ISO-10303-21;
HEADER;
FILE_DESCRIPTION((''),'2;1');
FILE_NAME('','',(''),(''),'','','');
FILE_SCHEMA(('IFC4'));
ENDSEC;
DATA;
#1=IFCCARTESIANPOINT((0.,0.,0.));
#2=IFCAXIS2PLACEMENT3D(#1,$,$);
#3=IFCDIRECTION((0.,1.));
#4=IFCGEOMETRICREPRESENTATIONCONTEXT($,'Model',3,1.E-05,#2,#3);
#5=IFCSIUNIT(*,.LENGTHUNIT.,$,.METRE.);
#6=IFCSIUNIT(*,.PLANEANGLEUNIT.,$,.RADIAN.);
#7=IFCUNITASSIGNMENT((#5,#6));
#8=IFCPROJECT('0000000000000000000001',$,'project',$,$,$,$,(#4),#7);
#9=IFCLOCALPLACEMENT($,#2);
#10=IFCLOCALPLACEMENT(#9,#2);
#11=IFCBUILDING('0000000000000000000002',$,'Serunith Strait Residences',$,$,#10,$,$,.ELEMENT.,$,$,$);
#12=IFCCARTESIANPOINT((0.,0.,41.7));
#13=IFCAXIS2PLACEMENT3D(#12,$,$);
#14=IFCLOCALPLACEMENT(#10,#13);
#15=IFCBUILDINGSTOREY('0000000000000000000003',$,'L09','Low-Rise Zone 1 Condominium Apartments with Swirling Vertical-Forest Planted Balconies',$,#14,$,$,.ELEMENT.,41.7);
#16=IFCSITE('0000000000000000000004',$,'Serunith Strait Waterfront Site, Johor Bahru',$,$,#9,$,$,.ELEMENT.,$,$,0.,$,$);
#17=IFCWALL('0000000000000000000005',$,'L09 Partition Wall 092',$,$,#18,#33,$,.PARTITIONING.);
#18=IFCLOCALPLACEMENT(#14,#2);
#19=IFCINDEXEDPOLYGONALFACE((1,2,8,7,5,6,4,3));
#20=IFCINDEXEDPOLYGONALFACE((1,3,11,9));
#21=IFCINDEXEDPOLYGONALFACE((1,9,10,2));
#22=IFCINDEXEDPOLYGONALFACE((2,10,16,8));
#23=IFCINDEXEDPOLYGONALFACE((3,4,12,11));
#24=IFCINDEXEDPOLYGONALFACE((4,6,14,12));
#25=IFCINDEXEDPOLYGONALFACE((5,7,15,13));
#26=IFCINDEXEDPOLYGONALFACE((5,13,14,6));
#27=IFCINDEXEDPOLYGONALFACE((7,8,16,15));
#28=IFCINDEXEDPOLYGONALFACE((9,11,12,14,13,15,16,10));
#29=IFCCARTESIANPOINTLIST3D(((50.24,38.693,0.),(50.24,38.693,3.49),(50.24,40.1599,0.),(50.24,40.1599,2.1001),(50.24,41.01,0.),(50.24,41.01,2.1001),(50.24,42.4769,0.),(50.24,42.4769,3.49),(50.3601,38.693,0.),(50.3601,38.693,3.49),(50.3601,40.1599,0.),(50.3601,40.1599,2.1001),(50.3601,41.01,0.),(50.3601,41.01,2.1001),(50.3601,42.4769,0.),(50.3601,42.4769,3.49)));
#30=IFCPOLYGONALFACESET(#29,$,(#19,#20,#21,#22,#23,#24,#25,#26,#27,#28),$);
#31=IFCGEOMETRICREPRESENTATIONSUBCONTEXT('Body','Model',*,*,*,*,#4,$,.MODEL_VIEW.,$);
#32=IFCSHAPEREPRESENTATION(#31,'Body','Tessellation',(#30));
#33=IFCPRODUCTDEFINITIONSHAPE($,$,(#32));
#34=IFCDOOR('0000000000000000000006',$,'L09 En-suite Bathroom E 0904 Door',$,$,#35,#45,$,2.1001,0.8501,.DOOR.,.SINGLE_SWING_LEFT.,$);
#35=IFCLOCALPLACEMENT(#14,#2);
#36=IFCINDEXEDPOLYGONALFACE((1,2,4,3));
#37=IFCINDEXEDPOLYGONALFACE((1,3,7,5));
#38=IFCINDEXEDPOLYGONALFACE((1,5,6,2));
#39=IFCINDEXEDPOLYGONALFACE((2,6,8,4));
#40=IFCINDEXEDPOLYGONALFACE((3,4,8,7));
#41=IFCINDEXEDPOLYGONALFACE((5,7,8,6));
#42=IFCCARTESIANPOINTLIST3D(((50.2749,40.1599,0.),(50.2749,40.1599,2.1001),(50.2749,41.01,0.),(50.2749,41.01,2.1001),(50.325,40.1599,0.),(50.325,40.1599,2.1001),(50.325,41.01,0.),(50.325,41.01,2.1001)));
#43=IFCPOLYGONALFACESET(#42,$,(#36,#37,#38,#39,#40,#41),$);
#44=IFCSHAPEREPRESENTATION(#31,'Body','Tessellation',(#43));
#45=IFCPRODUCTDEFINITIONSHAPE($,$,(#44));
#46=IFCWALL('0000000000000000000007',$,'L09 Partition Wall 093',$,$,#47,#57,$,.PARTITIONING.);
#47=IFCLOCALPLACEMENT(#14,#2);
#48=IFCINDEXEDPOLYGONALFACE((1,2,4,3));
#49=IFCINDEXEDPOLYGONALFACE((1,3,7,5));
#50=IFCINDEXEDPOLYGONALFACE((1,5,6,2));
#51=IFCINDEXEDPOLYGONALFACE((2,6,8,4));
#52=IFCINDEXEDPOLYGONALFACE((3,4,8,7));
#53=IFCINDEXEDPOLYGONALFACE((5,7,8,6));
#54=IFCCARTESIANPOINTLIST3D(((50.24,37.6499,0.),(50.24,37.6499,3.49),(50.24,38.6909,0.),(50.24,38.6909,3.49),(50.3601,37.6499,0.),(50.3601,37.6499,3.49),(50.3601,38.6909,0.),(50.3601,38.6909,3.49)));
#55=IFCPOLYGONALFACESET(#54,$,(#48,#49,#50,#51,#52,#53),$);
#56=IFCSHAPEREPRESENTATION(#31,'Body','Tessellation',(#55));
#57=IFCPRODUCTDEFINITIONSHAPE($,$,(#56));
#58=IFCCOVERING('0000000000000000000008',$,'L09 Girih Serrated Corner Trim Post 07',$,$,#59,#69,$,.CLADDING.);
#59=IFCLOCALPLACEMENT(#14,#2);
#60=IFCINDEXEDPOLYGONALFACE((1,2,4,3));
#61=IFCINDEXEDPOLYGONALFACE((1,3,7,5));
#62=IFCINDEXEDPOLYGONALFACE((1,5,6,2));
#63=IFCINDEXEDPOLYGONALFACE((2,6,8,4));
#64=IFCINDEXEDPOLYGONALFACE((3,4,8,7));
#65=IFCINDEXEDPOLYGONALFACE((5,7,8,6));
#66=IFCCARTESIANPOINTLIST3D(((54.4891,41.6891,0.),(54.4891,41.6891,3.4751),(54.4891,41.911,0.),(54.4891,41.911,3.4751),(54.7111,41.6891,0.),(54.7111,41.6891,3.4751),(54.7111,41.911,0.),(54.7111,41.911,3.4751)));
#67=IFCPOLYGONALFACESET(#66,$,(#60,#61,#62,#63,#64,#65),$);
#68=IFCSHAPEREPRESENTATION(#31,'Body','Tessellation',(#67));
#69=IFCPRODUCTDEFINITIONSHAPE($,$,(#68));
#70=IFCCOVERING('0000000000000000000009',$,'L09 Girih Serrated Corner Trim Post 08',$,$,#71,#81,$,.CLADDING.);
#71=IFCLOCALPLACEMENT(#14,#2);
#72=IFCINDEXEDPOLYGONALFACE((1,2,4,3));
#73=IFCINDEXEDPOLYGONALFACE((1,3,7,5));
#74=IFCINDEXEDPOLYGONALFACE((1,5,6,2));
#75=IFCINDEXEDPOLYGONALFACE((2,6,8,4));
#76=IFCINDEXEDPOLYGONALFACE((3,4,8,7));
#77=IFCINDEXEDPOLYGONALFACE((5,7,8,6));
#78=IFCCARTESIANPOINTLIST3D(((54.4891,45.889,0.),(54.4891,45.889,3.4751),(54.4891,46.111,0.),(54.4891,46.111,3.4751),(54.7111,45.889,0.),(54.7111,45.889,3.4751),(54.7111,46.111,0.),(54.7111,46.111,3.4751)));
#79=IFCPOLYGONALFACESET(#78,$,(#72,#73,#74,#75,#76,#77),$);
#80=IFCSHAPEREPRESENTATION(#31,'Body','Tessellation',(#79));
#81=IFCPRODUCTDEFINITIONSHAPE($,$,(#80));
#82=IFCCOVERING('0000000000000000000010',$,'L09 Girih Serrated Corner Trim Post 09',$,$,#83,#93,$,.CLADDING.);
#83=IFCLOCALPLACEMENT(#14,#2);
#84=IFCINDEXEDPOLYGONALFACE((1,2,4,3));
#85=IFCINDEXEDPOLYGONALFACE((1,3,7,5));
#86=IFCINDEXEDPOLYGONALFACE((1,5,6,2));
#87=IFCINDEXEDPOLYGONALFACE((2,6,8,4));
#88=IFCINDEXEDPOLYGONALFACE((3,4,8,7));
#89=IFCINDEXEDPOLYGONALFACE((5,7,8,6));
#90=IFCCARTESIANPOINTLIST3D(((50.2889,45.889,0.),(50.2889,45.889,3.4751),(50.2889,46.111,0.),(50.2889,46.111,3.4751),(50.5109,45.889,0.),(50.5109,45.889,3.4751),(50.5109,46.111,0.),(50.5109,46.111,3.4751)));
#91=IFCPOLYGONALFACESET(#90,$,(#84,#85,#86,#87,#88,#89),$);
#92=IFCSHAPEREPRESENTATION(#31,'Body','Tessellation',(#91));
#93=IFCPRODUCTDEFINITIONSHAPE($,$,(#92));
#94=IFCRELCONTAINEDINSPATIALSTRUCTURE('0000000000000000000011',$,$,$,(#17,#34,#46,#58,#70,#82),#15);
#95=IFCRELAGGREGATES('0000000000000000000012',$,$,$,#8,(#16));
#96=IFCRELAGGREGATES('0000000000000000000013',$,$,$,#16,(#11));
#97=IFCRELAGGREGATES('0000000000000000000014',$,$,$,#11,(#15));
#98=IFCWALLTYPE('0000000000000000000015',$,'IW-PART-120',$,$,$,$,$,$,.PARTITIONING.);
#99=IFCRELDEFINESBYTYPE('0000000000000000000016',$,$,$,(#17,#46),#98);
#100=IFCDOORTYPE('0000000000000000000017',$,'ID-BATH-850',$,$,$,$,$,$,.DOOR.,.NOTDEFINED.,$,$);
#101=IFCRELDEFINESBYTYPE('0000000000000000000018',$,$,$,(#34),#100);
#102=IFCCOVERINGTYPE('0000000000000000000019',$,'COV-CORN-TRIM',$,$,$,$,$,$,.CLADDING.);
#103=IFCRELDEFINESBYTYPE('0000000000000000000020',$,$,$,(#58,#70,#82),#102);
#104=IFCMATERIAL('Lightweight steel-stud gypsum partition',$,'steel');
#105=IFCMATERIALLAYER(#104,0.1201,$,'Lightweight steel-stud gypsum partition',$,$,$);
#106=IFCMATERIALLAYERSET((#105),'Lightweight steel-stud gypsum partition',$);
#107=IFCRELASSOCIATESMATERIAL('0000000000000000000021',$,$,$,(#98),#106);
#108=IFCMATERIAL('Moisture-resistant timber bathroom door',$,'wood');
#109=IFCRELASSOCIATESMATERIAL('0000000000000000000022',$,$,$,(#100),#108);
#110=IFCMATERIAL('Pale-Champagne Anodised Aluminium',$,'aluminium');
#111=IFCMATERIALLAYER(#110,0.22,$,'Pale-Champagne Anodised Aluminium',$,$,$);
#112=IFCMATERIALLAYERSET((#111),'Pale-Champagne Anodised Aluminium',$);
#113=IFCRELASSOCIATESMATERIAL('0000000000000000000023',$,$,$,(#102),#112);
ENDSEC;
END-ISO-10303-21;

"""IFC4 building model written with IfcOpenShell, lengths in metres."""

from ifc_helpers import new_model, si_unit, direction, frame, frame_2d, origin, origin_2d, place, context, subcontext, project, spatial, rectangle, extrude, source, transform, mapped, material, layer, layer_set, type_object, element, fill, save


model = new_model("IFC4")

# Units and contexts
model_context = context("Model", 3, precision=1e-05, world=origin(), true_north=direction((0.0, 1.0)))
body_context = subcontext(model_context, "Body", "Model", "MODEL_VIEW")
ifc_project = project(units=[si_unit("LENGTHUNIT", "METRE"), si_unit("PLANEANGLEUNIT", "RADIAN")], contexts=[model_context])

# Site, building, storey
site_placement = place(None, origin())
site = spatial("IfcSite", under=ifc_project, at=site_placement, Name="Serunith Strait Waterfront Site, Johor Bahru", CompositionType="ELEMENT", RefElevation=0.0)
building_placement = place(site_placement, origin())
building = spatial("IfcBuilding", under=site, at=building_placement, Name="Serunith Strait Residences", CompositionType="ELEMENT")
storey_placement = place(building_placement, frame((0.0, 0.0, 41.7)))
storey = spatial("IfcBuildingStorey", under=building, at=storey_placement, Name="L09", Description="Low-Rise Zone 1 Condominium Apartments with Swirling Vertical-Forest Planted Balconies", CompositionType="ELEMENT", Elevation=41.7)

# Shared definitions
ifc_material_1 = material(Name="Pale-Champagne Anodised Aluminium", Category="aluminium")

# Shared definitions
ifc_material_2 = material(Name="Lightweight steel-stud gypsum partition", Category="steel")
ifc_layer_1 = layer(ifc_material_2, 0.1201, Name="Lightweight steel-stud gypsum partition")
ifc_layer_set_1 = layer_set([ifc_layer_1], Name="Lightweight steel-stud gypsum partition")
wall_type_1 = type_object("IfcWallType", Name="IW-PART-120", PredefinedType="PARTITIONING", material=ifc_layer_set_1)

# Wall, opening, door
wall_1_placement = place(storey_placement, frame((50.3, 42.4771, 0.0), z_axis=(0.0, 0.0, 1.0), x_axis=(0.0, -1.0, 0.0)))
wall_1 = element("IfcWall", 1, at=wall_1_placement, inside=storey, type_object=wall_type_1, Name="L09 Partition Wall 092", PredefinedType="PARTITIONING", context=body_context, shape_type="SweptSolid", body=[
    extrude(rectangle(XDim=3.7839, YDim=0.1201, at=frame_2d((1.8921, 0.0))), origin(), (0.0, 0.0, 1.0), 3.49),
])
opening_1_placement = place(wall_1_placement, frame((1.467, 0.0, 0.0)))
opening_1 = element("IfcOpeningElement", 2, at=opening_1_placement, cuts=wall_1, PredefinedType="OPENING", context=body_context, shape_type="SweptSolid", body=[
    extrude(rectangle(XDim=0.8501, YDim=2.1001, at=frame_2d((0.425, 1.05))), frame((0.0, 0.0701, 0.0), z_axis=(0.0, -1.0, 0.0), x_axis=(1.0, 0.0, 0.0)), (0.0, 0.0, 1.0), 0.1401),
])
ifc_material_3 = material(Name="Moisture-resistant timber bathroom door", Category="wood")
door_type = type_object("IfcDoorType", Name="ID-BATH-850", OperationType="NOTDEFINED", PredefinedType="DOOR", material=ifc_material_3)
shared_shape_1 = source(origin(), body_context, "Body", "SweptSolid", [
    extrude(rectangle(XDim=0.8501, YDim=2.1001, at=frame_2d((0.425, 1.05))), frame((0.0, 0.0249, 0.0), z_axis=(0.0, -1.0, 0.0), x_axis=(1.0, 0.0, 0.0)), (0.0, 0.0, 1.0), 0.05),
])
door_placement = place(opening_1_placement, origin())
door = element("IfcDoor", 3, at=door_placement, inside=storey, type_object=door_type, Name="L09 En-suite Bathroom E 0904 Door", OperationType="SINGLE_SWING_LEFT", OverallHeight=2.1001, OverallWidth=0.8501, PredefinedType="DOOR", context=body_context, shape_type="MappedRepresentation", body=[
    mapped(shared_shape_1, transform((0.0, 0.0, 0.0), scale=1.0)),
])
fill(opening_1, door)

# Wall
wall_2_placement = place(storey_placement, frame((50.3, 38.6909, 0.0), z_axis=(0.0, 0.0, 1.0), x_axis=(0.0, -1.0, 0.0)))
element("IfcWall", 4, at=wall_2_placement, inside=storey, type_object=wall_type_1, Name="L09 Partition Wall 093", PredefinedType="PARTITIONING", context=body_context, shape_type="SweptSolid", body=[
    extrude(rectangle(XDim=1.041, YDim=0.1201, at=frame_2d((0.5205, 0.0))), origin(), (0.0, 0.0, 1.0), 3.49),
])

# Coverings
ifc_layer_2 = layer(ifc_material_1, 0.22, Name="Pale-Champagne Anodised Aluminium")
ifc_layer_set_2 = layer_set([ifc_layer_2], Name="Pale-Champagne Anodised Aluminium")
covering_type = type_object("IfcCoveringType", Name="COV-CORN-TRIM", PredefinedType="CLADDING", material=ifc_layer_set_2)
shared_shape_2 = source(origin(), body_context, "Body", "SweptSolid", [
    extrude(rectangle(XDim=0.2219, YDim=0.2219, at=origin_2d()), origin(), (0.0, 0.0, 1.0), 3.4751),
])
for number, where, z_axis, x_axis, name in (
    (5, (54.6001, 41.8, 0.0), (0.0, 0.0, 1.0), (1.0, 0.0, 0.0), "L09 Girih Serrated Corner Trim Post 07"),
    (6, (54.6001, 46.0, 0.0), (0.0, 0.0, 1.0), (1.0, 0.0, 0.0), "L09 Girih Serrated Corner Trim Post 08"),
    (7, (50.3999, 46.0, 0.0), (0.0, 0.0, 1.0), (1.0, 0.0, 0.0), "L09 Girih Serrated Corner Trim Post 09"),
):
    element("IfcCovering", number, at=place(storey_placement, frame(where, z_axis=z_axis, x_axis=x_axis)), inside=storey, type_object=covering_type, Name=name, PredefinedType="CLADDING", context=body_context, shape_type="MappedRepresentation", body=[
        mapped(shared_shape_2, transform((0.0, 0.0, 0.0), scale=1.0)),
    ])

save(model, "model.ifc")
